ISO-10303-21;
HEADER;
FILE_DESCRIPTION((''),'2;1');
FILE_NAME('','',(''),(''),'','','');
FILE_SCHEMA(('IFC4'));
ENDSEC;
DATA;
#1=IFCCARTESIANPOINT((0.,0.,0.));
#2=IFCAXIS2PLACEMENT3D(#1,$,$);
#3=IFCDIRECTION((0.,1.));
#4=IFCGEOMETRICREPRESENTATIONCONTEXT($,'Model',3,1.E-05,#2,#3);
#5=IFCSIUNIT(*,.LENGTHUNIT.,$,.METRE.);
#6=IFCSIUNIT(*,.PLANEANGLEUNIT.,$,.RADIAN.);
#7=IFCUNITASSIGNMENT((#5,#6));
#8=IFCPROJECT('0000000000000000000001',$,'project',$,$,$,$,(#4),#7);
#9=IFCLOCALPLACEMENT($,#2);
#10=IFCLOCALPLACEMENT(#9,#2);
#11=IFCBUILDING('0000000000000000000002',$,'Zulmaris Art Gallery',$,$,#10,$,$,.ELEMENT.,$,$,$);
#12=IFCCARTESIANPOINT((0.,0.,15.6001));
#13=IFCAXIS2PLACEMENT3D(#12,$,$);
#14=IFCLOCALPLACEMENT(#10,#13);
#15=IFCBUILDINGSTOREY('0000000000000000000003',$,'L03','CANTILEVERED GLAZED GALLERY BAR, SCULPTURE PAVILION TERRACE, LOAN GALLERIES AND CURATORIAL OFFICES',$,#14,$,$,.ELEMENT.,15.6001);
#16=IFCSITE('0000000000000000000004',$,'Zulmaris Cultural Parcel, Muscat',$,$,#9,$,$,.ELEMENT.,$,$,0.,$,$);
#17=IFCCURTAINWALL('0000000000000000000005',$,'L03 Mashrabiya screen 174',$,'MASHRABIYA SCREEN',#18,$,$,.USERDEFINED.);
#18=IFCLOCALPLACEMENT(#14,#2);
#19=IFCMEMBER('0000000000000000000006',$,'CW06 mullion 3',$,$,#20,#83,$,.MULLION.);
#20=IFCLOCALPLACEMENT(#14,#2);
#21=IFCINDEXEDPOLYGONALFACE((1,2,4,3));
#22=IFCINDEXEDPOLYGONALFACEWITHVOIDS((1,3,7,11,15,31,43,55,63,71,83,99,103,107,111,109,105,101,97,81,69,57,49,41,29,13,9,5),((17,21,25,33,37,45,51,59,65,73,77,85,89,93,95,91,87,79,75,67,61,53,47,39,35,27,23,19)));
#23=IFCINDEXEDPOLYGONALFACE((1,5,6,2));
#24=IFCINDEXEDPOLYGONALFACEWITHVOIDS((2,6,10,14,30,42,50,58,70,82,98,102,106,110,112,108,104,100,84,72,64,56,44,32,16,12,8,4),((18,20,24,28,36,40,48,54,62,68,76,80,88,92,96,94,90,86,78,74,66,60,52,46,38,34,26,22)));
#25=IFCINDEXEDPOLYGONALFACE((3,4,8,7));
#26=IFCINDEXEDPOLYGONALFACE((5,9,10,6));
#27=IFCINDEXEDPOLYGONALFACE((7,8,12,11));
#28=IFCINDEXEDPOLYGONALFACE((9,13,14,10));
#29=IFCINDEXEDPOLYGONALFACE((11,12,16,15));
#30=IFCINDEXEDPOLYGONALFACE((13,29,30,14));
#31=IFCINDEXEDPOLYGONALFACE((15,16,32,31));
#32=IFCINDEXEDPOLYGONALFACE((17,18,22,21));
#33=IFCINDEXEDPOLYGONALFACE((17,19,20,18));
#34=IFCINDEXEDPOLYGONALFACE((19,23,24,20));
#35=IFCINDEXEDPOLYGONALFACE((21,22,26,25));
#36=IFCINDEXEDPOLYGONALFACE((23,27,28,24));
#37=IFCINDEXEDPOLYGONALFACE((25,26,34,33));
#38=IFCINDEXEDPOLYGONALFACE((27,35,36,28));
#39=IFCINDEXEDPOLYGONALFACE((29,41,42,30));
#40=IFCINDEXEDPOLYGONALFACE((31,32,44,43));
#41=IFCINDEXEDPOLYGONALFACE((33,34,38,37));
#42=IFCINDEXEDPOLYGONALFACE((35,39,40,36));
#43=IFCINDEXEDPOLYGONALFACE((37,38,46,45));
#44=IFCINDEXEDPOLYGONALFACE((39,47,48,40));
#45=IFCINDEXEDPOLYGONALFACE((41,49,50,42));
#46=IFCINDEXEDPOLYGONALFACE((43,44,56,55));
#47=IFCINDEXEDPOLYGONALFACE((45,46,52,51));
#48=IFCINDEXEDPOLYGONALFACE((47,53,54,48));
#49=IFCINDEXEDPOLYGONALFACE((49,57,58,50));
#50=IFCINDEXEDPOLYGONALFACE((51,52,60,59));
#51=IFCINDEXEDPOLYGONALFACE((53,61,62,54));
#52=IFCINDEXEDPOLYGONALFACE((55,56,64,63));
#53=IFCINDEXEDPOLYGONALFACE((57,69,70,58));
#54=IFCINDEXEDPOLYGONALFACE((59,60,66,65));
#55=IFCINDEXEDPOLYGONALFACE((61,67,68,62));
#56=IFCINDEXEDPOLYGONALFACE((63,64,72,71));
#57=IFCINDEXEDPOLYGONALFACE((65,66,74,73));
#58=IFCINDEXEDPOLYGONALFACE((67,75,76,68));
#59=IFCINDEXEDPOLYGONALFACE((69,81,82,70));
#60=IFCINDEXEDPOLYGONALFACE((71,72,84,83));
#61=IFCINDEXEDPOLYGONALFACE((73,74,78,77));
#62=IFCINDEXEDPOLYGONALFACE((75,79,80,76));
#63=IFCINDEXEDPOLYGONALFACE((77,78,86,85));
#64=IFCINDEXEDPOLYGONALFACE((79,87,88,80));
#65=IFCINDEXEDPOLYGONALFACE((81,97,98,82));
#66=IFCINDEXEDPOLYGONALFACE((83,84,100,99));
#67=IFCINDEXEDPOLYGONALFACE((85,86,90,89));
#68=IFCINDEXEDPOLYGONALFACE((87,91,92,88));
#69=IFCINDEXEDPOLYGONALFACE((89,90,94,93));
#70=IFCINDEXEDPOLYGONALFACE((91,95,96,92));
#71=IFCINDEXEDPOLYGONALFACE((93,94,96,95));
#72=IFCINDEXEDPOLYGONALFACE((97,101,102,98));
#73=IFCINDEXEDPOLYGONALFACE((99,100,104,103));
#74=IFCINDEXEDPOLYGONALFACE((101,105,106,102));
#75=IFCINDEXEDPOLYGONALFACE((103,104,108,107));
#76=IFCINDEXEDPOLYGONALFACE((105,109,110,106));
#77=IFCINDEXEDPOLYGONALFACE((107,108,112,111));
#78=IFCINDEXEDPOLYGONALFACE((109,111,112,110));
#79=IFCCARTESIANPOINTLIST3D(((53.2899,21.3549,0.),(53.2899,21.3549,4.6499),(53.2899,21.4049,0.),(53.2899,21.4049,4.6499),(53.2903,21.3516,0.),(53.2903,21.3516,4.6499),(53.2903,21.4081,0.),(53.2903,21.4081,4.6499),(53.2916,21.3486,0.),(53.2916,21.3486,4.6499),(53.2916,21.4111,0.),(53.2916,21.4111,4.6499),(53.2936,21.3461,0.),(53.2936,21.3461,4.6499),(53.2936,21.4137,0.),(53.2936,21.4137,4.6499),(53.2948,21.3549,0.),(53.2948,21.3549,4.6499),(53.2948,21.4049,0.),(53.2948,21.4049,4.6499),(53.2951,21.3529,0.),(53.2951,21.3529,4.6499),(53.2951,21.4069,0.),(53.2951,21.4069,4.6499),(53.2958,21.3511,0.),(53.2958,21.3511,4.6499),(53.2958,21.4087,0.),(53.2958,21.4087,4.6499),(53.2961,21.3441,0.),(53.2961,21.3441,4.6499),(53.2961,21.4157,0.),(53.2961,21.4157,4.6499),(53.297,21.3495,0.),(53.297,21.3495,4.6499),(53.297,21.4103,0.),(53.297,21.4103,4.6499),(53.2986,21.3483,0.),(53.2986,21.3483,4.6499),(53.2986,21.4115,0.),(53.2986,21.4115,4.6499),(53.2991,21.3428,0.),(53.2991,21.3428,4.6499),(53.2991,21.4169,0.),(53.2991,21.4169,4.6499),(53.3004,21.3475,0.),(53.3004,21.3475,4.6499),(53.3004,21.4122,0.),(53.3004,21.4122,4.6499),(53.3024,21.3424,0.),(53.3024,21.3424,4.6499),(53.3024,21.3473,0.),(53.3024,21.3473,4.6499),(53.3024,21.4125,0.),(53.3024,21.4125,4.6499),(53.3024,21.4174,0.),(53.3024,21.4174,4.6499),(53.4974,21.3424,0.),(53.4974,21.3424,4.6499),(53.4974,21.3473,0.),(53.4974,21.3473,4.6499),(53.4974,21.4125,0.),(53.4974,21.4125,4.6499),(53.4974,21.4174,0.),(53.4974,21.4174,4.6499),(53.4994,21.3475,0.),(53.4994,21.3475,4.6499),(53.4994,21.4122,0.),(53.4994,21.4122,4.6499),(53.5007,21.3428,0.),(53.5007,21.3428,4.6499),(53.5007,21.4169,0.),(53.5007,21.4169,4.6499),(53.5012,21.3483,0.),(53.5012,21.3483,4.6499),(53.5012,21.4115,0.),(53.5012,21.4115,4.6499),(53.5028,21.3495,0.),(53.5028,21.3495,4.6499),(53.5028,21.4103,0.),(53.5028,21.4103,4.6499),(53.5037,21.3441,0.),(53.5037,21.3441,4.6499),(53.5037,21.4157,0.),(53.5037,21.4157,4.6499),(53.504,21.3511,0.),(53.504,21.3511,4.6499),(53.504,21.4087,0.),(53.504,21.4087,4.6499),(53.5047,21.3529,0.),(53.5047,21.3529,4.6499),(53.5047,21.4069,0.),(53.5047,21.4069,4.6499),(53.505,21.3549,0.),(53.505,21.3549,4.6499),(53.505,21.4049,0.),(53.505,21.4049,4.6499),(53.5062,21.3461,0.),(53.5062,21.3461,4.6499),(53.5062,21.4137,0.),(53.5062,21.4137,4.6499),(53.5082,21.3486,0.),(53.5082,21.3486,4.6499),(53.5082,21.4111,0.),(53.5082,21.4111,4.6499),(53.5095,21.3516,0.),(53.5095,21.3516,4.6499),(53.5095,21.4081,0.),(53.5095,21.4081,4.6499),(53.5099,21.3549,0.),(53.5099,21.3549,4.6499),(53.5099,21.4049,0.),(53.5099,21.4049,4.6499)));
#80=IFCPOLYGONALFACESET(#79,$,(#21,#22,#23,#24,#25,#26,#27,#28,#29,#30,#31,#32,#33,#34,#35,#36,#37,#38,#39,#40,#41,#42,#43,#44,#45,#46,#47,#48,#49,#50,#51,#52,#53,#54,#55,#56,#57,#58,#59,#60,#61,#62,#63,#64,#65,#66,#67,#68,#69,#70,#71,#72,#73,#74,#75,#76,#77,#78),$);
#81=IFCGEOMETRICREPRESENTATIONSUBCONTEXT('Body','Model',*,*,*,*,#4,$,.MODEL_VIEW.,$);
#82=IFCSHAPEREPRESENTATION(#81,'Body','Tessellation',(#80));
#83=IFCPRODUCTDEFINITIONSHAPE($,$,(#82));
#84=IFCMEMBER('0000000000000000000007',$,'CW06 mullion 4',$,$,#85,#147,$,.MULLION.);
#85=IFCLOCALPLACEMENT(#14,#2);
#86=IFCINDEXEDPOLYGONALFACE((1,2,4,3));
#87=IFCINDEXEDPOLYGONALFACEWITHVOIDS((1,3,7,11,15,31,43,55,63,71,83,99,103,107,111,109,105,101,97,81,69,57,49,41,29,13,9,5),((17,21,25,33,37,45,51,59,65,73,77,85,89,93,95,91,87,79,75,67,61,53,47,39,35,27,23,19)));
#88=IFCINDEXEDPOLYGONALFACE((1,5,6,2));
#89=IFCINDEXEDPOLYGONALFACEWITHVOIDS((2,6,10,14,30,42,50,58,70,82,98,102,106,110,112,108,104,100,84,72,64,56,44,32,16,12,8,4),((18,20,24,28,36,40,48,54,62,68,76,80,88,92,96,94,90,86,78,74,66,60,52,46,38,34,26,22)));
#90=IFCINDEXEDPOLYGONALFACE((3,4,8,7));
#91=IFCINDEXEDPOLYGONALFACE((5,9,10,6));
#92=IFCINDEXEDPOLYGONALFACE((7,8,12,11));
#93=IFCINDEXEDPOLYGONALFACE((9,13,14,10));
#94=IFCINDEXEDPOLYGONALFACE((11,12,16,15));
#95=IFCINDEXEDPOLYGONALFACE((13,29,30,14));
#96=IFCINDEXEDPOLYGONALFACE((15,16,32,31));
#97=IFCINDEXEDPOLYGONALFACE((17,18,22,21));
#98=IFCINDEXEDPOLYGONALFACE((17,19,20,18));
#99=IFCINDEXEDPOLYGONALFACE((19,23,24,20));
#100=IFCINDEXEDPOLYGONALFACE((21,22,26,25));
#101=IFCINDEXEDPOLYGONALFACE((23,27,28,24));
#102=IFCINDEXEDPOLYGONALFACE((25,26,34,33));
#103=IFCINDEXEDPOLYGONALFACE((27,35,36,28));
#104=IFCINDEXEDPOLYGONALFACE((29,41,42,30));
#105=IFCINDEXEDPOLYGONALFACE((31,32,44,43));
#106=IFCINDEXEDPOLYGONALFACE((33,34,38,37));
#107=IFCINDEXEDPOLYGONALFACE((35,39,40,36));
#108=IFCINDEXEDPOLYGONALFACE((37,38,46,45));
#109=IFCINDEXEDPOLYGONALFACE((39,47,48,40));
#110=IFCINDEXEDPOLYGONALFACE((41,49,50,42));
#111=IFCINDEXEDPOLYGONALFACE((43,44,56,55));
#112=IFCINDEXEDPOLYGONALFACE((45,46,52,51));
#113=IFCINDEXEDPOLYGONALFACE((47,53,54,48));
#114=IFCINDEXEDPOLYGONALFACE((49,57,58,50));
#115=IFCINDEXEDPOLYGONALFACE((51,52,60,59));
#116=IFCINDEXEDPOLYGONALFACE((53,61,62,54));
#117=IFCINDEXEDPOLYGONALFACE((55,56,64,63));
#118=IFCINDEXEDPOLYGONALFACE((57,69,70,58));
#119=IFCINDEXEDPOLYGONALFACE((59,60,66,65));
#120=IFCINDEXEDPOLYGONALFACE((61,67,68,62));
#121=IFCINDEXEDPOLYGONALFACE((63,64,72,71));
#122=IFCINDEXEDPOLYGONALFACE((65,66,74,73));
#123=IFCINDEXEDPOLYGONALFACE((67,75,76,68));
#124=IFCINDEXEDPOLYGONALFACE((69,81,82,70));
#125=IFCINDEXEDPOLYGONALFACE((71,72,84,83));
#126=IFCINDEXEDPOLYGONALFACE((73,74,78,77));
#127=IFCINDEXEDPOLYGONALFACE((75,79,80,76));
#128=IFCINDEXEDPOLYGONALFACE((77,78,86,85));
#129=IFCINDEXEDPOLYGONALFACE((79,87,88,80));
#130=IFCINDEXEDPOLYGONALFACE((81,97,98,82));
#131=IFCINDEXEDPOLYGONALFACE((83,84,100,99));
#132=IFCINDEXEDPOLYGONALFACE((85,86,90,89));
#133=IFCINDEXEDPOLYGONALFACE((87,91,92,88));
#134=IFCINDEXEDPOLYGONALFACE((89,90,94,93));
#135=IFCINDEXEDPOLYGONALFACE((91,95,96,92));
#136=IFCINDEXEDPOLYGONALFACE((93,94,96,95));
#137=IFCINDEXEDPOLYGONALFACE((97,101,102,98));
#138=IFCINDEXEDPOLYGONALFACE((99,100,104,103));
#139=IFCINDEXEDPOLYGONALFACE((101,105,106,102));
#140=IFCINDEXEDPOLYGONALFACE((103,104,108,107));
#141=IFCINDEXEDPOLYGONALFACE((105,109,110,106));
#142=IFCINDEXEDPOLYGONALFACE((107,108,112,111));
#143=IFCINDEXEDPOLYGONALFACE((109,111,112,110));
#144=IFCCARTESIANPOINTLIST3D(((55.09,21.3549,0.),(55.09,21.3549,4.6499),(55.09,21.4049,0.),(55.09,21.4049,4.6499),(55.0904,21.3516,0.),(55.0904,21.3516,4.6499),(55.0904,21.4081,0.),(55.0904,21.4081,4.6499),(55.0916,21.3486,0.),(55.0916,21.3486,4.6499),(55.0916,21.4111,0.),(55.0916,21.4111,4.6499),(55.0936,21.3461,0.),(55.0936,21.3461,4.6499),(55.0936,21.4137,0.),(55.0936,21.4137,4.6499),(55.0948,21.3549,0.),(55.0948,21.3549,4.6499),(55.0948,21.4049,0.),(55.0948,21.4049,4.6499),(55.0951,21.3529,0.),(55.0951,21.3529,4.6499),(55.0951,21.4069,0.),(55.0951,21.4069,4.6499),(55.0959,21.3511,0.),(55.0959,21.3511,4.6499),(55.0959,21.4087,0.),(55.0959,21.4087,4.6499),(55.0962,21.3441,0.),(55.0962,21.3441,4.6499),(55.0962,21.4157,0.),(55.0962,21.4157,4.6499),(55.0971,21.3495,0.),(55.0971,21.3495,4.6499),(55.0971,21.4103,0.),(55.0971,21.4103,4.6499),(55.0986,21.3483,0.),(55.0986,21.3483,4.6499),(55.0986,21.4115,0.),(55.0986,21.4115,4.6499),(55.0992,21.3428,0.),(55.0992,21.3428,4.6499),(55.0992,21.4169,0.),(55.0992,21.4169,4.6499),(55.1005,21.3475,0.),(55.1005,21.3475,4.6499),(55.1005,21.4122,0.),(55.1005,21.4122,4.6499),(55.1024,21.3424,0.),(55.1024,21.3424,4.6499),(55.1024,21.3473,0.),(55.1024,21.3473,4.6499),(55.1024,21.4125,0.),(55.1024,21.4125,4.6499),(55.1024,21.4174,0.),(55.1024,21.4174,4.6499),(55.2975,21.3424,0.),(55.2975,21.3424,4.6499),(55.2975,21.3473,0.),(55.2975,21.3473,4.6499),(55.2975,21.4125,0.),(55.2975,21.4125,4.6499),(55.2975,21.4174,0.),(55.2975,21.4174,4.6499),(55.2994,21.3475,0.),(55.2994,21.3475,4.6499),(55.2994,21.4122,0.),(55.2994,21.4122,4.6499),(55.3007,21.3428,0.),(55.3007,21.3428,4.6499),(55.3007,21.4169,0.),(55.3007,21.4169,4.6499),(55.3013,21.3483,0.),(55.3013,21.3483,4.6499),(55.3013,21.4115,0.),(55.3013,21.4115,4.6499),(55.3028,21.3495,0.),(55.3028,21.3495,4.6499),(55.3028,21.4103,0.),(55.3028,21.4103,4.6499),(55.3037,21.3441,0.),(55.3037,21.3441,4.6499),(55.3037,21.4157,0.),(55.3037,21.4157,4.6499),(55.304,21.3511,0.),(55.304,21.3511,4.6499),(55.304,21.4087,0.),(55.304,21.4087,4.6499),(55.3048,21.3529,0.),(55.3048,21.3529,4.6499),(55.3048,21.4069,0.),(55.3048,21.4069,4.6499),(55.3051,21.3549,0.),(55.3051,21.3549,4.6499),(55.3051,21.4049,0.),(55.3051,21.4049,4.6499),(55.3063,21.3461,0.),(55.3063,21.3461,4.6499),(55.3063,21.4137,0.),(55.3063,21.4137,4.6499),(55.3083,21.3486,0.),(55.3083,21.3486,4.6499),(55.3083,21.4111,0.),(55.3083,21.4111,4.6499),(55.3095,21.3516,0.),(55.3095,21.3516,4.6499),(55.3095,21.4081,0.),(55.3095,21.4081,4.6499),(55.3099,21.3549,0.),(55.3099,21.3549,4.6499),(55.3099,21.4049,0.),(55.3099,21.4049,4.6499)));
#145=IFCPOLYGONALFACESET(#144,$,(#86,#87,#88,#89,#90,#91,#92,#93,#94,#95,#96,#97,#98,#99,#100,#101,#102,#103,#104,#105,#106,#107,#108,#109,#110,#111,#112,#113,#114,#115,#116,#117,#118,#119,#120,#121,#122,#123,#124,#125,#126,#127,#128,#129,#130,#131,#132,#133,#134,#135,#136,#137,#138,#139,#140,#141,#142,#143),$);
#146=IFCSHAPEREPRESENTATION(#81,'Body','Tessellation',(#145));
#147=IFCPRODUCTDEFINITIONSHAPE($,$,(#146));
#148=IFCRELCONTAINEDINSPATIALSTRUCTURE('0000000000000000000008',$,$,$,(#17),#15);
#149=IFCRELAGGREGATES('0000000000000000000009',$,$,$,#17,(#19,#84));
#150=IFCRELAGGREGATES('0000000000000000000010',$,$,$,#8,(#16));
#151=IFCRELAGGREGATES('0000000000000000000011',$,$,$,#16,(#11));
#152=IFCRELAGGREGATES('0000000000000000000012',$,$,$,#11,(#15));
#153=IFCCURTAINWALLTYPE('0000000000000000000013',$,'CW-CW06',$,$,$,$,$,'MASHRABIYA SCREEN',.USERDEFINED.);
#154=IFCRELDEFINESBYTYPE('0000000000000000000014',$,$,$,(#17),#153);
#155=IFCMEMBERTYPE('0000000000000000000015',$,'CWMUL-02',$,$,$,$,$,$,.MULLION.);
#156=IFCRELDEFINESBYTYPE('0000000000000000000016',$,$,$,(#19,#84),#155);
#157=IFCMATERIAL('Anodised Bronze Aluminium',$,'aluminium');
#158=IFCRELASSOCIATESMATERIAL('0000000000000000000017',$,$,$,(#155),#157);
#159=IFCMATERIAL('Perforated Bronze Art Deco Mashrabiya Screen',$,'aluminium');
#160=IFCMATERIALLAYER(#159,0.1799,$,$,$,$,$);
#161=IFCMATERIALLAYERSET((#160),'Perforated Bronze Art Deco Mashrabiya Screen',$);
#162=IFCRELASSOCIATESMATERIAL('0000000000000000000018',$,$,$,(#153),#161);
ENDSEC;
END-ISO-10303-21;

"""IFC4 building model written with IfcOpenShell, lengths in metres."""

from ifc_helpers import new_model, si_unit, direction, frame, origin, origin_2d, place, context, subcontext, project, spatial, hollow_rectangle, extrude, material, layer, layer_set, material_profile, profile_set, type_object, element, aggregate, save


model = new_model("IFC4")

# Units and contexts
model_context = context("Model", 3, precision=1e-05, world=origin(), true_north=direction((0.0, 1.0)))
body_context = subcontext(model_context, "Body", "Model", "MODEL_VIEW")
ifc_project = project(units=[si_unit("LENGTHUNIT", "METRE"), si_unit("PLANEANGLEUNIT", "RADIAN")], contexts=[model_context])

# Site, building, storey
site_placement = place(None, origin())
site = spatial("IfcSite", under=ifc_project, at=site_placement, Name="Zulmaris Cultural Parcel, Muscat", CompositionType="ELEMENT", RefElevation=0.0)
building_placement = place(site_placement, origin())
building = spatial("IfcBuilding", under=site, at=building_placement, Name="Zulmaris Art Gallery", CompositionType="ELEMENT")
storey_placement = place(building_placement, frame((0.0, 0.0, 15.6001)))
storey = spatial("IfcBuildingStorey", under=building, at=storey_placement, Name="L03", Description="CANTILEVERED GLAZED GALLERY BAR, SCULPTURE PAVILION TERRACE, LOAN GALLERIES AND CURATORIAL OFFICES", CompositionType="ELEMENT", Elevation=15.6001)

# Shared definitions
ifc_material_1 = material(Name="Anodised Bronze Aluminium", Category="aluminium")
ifc_material_profile_1 = material_profile(ifc_material_1, hollow_rectangle(XDim=0.075, YDim=0.22, WallThickness=0.0049, InnerFilletRadius=0.0076, OuterFilletRadius=0.0125, at=origin_2d()), Name="ALU 75x220x5")
ifc_profile_set_1 = profile_set([ifc_material_profile_1], Name="Anodised Bronze Aluminium")
member_type_1 = type_object("IfcMemberType", Name="CWMUL-02", PredefinedType="MULLION", material=ifc_profile_set_1)
ifc_material_2 = material(Name="Perforated Bronze Art Deco Mashrabiya Screen", Category="aluminium")
ifc_layer_1 = layer(ifc_material_2, 0.1799)
ifc_layer_set_1 = layer_set([ifc_layer_1], Name="Perforated Bronze Art Deco Mashrabiya Screen")
curtain_wall_type_1 = type_object("IfcCurtainWallType", Name="CW-CW06", ElementType="MASHRABIYA SCREEN", PredefinedType="USERDEFINED", material=ifc_layer_set_1)

# Curtain wall, members
curtain_wall_1_placement = place(storey_placement, origin())
curtain_wall_1 = element("IfcCurtainWall", 1, at=curtain_wall_1_placement, inside=storey, type_object=curtain_wall_type_1, Name="L03 Mashrabiya screen 174", ObjectType="MASHRABIYA SCREEN", PredefinedType="USERDEFINED")
member_1_placement = place(storey_placement, frame((53.3999, 21.3799, 0.0), z_axis=(0.0, 0.0, 1.0), x_axis=(0.0, 1.0, 0.0)))
member_1 = element("IfcMember", 2, at=member_1_placement, type_object=member_type_1, Name="CW06 mullion 3", PredefinedType="MULLION", context=body_context, shape_type="SweptSolid", body=[
    extrude(hollow_rectangle(XDim=0.075, YDim=0.22, WallThickness=0.0049, InnerFilletRadius=0.0076, OuterFilletRadius=0.0125, at=origin_2d()), origin(), (0.0, 0.0, 1.0), 4.6499),
])
member_2_placement = place(storey_placement, frame((55.2, 21.3799, 0.0), z_axis=(0.0, 0.0, 1.0), x_axis=(0.0, 1.0, 0.0)))
member_2 = element("IfcMember", 3, at=member_2_placement, type_object=member_type_1, Name="CW06 mullion 4", PredefinedType="MULLION", context=body_context, shape_type="SweptSolid", body=[
    extrude(hollow_rectangle(XDim=0.075, YDim=0.22, WallThickness=0.0049, InnerFilletRadius=0.0076, OuterFilletRadius=0.0125, at=origin_2d()), origin(), (0.0, 0.0, 1.0), 4.6499),
])

aggregate(curtain_wall_1, [member_1, member_2])

save(model, "model.ifc")
